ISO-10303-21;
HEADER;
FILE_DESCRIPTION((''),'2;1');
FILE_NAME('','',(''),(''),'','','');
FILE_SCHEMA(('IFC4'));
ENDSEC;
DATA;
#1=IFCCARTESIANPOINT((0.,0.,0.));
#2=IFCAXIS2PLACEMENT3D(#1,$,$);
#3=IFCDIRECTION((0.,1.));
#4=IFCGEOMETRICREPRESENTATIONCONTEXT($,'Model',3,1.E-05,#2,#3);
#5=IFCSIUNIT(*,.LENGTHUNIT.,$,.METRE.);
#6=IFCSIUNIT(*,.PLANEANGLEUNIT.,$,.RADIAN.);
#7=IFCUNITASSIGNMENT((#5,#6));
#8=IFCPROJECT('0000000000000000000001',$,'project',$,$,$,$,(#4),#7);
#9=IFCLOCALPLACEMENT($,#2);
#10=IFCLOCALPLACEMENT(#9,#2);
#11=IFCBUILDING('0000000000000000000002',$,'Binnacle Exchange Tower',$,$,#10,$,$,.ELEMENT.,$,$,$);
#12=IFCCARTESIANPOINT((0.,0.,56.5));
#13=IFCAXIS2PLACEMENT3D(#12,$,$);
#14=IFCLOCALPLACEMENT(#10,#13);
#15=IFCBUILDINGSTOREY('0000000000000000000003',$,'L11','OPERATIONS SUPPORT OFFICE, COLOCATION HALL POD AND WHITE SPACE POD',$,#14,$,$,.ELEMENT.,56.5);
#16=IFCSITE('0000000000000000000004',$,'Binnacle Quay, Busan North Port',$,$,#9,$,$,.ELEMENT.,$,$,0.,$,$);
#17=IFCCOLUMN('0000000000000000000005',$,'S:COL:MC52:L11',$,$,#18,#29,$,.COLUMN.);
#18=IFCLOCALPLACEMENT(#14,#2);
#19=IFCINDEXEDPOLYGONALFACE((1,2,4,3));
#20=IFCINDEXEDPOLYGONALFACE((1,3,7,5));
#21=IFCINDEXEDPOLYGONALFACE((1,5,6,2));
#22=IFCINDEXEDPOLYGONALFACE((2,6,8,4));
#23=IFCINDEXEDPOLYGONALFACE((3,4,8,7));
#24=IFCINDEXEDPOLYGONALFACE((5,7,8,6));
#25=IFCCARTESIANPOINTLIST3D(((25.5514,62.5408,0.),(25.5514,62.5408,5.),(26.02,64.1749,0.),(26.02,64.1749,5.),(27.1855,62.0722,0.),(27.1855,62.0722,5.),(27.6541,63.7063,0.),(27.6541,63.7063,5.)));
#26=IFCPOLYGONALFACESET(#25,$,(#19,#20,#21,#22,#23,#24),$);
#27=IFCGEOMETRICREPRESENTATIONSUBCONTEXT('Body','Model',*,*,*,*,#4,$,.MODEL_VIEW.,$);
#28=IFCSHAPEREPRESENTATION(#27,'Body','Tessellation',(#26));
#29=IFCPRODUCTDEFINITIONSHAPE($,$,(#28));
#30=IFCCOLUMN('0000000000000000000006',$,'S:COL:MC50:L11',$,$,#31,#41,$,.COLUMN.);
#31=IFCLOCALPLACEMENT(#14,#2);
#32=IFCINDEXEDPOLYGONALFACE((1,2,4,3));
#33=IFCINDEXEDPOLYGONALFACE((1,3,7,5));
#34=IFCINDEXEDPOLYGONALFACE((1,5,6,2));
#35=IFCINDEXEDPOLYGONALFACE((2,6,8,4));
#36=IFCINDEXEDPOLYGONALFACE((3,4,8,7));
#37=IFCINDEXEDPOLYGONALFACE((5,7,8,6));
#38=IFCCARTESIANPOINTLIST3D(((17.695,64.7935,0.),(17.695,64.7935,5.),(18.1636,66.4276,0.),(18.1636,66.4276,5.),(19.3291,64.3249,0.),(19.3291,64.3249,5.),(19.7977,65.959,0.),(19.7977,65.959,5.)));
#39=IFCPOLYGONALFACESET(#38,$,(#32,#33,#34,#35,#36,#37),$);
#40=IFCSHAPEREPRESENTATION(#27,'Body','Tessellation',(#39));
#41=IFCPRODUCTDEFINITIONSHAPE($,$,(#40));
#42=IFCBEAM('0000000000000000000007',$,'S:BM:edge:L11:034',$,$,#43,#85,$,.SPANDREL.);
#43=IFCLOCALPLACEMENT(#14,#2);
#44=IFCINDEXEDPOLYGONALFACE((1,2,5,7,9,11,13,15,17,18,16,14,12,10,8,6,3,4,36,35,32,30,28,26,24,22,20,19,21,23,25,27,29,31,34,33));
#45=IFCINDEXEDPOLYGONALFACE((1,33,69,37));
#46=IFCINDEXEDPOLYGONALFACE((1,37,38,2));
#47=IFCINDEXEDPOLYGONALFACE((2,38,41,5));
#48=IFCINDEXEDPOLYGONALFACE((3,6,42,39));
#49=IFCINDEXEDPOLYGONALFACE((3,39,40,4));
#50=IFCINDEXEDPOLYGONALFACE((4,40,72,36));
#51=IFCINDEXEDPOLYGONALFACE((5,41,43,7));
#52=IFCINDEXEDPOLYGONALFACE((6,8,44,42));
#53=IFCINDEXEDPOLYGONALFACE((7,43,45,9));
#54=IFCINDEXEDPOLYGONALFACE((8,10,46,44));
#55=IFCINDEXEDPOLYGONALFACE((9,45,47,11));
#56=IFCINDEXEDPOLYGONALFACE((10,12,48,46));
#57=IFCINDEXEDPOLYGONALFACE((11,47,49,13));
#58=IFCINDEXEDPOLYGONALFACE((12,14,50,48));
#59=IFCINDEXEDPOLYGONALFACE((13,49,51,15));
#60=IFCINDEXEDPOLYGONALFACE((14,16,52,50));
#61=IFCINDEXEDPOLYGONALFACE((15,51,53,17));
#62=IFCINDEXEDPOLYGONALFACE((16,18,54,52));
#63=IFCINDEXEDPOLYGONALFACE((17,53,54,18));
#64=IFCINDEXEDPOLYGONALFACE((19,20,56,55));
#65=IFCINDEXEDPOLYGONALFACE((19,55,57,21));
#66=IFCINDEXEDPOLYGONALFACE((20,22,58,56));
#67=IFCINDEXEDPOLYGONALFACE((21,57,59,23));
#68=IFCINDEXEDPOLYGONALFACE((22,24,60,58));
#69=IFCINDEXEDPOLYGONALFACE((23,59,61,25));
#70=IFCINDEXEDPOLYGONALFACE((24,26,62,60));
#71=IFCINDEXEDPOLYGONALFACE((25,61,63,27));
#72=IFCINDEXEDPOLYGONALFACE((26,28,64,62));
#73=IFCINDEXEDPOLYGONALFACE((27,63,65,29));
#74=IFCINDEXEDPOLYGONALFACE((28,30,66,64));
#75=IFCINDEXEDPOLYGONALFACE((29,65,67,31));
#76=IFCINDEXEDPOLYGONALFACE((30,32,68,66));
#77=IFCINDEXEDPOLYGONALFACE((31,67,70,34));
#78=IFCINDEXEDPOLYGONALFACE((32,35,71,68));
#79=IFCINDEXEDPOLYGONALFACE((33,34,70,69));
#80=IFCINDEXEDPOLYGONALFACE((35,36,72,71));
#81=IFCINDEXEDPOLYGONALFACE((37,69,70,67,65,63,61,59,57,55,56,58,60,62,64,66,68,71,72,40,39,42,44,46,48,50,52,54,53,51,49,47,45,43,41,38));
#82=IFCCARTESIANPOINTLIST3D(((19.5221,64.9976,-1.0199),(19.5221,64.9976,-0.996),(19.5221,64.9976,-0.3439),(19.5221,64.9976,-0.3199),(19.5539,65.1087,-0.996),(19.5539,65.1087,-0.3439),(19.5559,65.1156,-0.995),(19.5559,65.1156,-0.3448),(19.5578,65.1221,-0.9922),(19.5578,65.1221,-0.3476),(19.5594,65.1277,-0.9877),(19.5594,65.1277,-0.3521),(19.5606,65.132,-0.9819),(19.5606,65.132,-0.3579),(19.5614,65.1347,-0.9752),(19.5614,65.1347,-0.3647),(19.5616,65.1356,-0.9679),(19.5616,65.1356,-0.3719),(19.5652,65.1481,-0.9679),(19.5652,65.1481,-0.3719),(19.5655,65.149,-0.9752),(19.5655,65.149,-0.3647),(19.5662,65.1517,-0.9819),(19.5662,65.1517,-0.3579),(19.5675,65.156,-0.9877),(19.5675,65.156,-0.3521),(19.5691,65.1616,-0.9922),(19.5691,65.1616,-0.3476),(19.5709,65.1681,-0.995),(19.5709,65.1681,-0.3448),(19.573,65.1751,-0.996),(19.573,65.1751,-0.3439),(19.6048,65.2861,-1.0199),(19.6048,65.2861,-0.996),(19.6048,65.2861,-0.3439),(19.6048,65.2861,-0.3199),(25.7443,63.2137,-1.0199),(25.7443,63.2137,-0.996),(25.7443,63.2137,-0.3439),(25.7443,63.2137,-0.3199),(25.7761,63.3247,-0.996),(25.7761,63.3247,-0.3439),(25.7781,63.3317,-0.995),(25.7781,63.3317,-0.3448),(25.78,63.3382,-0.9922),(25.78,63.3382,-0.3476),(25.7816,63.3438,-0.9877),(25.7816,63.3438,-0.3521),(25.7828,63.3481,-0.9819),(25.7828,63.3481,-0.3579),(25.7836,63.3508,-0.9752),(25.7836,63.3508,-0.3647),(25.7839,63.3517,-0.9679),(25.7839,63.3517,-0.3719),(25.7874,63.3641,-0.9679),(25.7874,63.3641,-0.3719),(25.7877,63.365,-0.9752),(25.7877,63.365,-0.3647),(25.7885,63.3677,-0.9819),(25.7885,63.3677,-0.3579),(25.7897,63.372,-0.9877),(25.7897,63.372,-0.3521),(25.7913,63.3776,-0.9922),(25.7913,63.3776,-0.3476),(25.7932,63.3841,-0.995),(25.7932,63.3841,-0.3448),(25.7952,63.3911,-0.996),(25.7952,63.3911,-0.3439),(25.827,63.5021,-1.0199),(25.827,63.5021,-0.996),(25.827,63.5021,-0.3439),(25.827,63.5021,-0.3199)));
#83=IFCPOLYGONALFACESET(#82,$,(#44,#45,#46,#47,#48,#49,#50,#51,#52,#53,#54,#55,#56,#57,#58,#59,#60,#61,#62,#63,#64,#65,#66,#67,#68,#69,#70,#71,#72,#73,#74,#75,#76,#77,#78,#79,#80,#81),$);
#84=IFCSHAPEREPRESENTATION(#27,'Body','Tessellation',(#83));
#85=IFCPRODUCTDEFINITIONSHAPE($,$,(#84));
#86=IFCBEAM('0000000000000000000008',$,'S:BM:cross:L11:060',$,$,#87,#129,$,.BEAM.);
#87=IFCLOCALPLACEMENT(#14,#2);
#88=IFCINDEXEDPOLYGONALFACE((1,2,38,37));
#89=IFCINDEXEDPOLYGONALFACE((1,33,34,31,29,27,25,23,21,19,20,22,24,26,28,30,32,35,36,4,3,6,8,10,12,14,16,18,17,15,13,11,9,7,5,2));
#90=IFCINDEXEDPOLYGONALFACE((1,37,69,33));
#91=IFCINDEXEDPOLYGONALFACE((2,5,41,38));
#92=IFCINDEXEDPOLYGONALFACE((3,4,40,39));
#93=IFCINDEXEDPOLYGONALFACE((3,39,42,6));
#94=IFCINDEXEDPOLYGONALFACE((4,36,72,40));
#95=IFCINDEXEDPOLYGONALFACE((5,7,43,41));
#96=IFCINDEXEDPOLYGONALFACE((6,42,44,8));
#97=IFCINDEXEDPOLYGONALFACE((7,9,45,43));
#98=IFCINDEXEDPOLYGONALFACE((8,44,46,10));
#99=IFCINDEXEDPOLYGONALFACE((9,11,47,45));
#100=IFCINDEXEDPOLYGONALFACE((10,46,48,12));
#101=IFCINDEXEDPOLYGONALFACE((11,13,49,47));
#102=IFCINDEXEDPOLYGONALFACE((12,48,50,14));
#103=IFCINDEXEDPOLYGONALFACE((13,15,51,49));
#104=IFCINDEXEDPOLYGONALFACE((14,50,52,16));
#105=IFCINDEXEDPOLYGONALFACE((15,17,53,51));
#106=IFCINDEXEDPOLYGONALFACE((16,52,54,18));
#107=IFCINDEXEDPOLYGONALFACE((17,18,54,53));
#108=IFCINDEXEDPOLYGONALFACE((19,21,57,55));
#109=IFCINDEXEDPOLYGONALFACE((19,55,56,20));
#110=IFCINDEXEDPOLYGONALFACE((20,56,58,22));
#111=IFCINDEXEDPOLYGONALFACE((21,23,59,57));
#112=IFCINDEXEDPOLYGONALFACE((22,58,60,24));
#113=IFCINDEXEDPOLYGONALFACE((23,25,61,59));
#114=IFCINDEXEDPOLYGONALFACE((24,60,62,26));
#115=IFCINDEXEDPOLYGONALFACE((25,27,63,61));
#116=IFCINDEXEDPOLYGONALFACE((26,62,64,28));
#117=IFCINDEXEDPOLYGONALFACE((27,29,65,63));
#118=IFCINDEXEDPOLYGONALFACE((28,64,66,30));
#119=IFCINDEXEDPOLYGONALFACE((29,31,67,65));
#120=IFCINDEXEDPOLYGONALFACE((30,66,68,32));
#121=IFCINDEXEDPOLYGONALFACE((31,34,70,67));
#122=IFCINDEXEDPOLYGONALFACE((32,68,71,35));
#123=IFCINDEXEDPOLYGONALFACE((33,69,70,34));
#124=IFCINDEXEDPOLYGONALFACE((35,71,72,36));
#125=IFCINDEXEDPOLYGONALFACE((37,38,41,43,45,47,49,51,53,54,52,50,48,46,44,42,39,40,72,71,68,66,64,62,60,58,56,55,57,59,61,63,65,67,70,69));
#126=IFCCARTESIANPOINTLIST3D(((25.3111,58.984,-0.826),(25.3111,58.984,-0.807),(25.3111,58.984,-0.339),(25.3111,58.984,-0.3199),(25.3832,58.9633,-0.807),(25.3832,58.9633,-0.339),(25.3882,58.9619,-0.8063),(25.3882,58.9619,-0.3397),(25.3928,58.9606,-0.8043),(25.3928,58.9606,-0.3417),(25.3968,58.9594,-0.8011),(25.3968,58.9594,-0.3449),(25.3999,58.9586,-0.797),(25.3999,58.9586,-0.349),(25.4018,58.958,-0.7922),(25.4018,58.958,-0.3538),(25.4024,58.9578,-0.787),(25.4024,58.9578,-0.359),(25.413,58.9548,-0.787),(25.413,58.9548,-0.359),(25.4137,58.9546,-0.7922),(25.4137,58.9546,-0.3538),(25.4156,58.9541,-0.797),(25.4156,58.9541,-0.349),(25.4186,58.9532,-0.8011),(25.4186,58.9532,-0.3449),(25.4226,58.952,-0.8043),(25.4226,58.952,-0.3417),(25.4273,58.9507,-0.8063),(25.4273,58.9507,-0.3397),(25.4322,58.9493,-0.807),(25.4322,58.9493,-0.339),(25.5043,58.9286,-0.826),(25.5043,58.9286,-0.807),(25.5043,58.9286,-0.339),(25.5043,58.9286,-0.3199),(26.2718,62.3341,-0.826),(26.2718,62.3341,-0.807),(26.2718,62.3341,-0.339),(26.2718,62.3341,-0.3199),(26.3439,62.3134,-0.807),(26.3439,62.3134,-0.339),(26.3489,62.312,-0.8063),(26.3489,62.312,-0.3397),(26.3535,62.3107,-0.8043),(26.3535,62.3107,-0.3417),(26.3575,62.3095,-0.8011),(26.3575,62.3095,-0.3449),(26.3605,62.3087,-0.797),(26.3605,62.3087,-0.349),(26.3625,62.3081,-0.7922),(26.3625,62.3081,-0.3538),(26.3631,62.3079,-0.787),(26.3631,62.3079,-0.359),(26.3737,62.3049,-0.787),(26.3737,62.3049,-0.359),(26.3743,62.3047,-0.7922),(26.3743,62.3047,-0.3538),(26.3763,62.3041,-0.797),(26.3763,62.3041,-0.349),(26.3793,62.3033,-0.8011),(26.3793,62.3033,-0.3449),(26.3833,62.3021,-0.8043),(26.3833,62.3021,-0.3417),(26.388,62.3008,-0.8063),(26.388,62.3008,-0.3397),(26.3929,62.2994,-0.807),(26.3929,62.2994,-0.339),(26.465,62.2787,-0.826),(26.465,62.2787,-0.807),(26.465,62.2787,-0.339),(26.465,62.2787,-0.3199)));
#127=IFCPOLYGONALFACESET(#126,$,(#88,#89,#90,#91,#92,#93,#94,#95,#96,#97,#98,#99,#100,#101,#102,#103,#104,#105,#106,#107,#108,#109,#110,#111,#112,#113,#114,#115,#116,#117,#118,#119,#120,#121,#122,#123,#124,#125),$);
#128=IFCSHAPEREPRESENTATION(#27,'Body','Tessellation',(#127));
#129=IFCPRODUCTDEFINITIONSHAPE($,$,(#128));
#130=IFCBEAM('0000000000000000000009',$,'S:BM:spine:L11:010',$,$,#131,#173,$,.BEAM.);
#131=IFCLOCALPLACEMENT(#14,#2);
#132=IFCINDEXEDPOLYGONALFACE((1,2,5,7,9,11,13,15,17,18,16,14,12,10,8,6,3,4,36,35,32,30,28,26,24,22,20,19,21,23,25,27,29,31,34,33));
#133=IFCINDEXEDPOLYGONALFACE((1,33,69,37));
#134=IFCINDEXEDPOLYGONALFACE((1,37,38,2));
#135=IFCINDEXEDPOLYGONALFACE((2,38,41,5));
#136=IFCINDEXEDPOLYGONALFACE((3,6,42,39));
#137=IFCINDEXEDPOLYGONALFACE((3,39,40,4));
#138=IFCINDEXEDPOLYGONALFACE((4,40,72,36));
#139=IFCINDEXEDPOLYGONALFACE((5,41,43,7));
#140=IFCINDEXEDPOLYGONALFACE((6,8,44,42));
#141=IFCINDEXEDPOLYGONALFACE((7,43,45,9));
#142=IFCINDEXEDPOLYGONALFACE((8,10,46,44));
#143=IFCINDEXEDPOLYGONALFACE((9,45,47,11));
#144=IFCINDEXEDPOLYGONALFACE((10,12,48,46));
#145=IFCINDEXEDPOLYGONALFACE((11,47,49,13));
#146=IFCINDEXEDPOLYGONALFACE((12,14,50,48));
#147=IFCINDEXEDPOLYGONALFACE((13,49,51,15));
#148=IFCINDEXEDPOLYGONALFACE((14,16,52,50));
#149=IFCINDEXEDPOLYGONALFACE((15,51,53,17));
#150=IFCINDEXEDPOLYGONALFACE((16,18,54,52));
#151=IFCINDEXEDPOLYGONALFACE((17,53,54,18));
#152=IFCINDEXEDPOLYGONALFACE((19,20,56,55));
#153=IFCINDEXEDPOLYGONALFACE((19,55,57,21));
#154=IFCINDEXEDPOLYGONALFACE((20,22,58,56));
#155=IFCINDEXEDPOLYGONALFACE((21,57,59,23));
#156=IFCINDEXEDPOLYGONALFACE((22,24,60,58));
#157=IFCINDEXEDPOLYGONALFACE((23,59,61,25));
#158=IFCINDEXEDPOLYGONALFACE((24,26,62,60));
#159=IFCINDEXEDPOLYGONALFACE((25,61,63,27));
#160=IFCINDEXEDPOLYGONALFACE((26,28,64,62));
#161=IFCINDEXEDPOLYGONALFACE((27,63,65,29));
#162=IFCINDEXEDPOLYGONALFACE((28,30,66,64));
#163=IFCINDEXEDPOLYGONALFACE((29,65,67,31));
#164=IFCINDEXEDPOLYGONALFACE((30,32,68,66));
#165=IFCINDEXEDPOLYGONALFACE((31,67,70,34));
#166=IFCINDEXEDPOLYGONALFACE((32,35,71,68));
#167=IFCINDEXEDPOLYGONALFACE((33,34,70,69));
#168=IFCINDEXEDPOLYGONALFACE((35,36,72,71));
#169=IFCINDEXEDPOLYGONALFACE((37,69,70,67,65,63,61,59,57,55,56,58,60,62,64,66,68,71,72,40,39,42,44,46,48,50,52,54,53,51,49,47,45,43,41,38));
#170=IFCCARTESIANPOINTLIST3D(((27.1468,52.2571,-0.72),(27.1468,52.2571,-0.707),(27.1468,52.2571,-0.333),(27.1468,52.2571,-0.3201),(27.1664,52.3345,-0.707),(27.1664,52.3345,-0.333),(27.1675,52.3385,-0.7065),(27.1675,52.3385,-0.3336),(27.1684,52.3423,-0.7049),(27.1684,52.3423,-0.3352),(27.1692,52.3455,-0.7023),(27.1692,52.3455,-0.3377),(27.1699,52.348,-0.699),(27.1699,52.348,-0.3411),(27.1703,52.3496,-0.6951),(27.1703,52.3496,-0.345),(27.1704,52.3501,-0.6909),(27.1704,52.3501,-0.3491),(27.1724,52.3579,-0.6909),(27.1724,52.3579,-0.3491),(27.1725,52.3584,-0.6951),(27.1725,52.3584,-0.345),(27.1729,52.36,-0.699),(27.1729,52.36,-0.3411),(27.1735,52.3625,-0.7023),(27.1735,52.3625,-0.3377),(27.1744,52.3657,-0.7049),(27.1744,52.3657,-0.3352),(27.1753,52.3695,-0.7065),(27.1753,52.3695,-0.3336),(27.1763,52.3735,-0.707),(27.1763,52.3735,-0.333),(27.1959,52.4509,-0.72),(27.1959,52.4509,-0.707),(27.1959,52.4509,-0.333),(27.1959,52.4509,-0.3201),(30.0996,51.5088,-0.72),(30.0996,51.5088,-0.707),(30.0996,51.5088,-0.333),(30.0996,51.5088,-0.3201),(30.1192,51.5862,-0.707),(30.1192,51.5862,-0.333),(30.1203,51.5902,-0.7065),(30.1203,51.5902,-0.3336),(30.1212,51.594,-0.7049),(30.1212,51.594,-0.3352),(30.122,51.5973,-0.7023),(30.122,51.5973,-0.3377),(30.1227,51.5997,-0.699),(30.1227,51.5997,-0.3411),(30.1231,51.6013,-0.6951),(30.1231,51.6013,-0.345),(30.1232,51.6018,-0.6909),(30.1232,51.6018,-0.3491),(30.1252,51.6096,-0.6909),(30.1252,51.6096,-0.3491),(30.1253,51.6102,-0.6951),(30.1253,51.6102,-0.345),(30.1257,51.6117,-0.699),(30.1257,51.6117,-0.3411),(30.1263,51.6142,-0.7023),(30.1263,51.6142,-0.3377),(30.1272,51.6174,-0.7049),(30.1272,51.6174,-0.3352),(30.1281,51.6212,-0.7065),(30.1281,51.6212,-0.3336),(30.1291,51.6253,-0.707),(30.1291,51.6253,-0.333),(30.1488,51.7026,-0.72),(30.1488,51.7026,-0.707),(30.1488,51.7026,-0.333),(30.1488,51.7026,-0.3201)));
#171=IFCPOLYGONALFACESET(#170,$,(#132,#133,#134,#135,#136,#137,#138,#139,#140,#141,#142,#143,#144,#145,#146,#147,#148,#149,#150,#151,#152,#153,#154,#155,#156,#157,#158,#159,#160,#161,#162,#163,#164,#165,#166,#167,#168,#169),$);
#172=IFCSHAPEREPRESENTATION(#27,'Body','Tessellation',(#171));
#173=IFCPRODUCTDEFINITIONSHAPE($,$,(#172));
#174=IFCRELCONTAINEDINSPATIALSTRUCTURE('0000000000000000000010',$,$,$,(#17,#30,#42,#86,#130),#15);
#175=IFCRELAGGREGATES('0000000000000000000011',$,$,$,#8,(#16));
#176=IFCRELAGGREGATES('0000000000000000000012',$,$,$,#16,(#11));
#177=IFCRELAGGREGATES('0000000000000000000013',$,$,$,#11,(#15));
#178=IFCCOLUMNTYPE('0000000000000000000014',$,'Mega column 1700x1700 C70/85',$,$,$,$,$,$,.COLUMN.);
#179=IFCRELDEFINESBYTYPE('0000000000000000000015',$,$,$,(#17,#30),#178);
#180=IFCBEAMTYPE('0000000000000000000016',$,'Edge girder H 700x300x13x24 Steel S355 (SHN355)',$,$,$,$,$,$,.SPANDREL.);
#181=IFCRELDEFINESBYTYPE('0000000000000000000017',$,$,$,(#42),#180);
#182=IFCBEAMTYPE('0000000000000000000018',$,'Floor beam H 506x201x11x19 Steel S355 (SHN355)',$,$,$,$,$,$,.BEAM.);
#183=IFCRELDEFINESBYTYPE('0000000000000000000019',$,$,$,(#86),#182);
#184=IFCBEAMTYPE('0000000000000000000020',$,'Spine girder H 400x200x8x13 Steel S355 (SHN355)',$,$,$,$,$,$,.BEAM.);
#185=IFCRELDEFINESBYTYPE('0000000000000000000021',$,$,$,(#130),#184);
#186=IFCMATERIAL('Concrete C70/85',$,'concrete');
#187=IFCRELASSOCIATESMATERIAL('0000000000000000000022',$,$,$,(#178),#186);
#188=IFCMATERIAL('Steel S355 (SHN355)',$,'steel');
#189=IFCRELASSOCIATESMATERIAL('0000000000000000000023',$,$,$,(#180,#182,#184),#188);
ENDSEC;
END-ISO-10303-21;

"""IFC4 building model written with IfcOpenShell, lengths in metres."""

from ifc_helpers import new_model, si_unit, direction, frame, origin, origin_2d, place, context, subcontext, project, spatial, rectangle, i_section, extrude, material, material_profile, profile_set, type_object, element, save


model = new_model("IFC4")

# Units and contexts
model_context = context("Model", 3, precision=1e-05, world=origin(), true_north=direction((0.0, 1.0)))
body_context = subcontext(model_context, "Body", "Model", "MODEL_VIEW")
ifc_project = project(units=[si_unit("LENGTHUNIT", "METRE"), si_unit("PLANEANGLEUNIT", "RADIAN")], contexts=[model_context])

# Site, building, storey
site_placement = place(None, origin())
site = spatial("IfcSite", under=ifc_project, at=site_placement, Name="Binnacle Quay, Busan North Port", CompositionType="ELEMENT", RefElevation=0.0)
building_placement = place(site_placement, origin())
building = spatial("IfcBuilding", under=site, at=building_placement, Name="Binnacle Exchange Tower", CompositionType="ELEMENT")
storey_placement = place(building_placement, frame((0.0, 0.0, 56.5)))
storey = spatial("IfcBuildingStorey", under=building, at=storey_placement, Name="L11", Description="OPERATIONS SUPPORT OFFICE, COLOCATION HALL POD AND WHITE SPACE POD", CompositionType="ELEMENT", Elevation=56.5)

# Columns
ifc_material_1 = material(Name="Concrete C70/85", Category="concrete")
ifc_material_profile_1 = material_profile(ifc_material_1, rectangle(XDim=1.7, YDim=1.7, at=origin_2d()), Name="Mega column 1700x1700 C70/85")
ifc_profile_set_1 = profile_set([ifc_material_profile_1], Name="Concrete C70/85")
column_type = type_object("IfcColumnType", Name="Mega column 1700x1700 C70/85", PredefinedType="COLUMN", material=ifc_profile_set_1)
for number, where, z_axis, x_axis, name in (
    (1, (26.6028, 63.1235, 0.0), (0.0, 0.0, 1.0), (-0.961262, 0.275637, 0.0), "S:COL:MC52:L11"),
    (2, (18.7463, 65.3762, 0.0), (0.0, 0.0, 1.0), (-0.961262, 0.275637, 0.0), "S:COL:MC50:L11"),
):
    element("IfcColumn", number, at=place(storey_placement, frame(where, z_axis=z_axis, x_axis=x_axis)), inside=storey, type_object=column_type, Name=name, PredefinedType="COLUMN", context=body_context, shape_type="SweptSolid", body=[
        extrude(rectangle(XDim=1.7, YDim=1.7, at=origin_2d()), origin(), (0.0, 0.0, 1.0), 5.0),
    ])

# Beams
ifc_material_2 = material(Name="Steel S355 (SHN355)", Category="steel")
ifc_material_profile_2 = material_profile(ifc_material_2, i_section(OverallWidth=0.3, OverallDepth=0.7, WebThickness=0.0129, FlangeThickness=0.0239, FilletRadius=0.0281, at=origin_2d()), Name="H 700x300x13x24")
ifc_profile_set_2 = profile_set([ifc_material_profile_2], Name="Steel S355 (SHN355)")
beam_type_1 = type_object("IfcBeamType", Name="Edge girder H 700x300x13x24 Steel S355 (SHN355)", PredefinedType="SPANDREL", material=ifc_profile_set_2)
beam_1_placement = place(storey_placement, frame((25.7856, 63.3579, -0.6699), z_axis=(-0.961272, 0.275603, 0.0), x_axis=(-0.275603, -0.961272, 0.0)))
element("IfcBeam", 3, at=beam_1_placement, inside=storey, type_object=beam_type_1, Name="S:BM:edge:L11:034", PredefinedType="SPANDREL", context=body_context, shape_type="SweptSolid", body=[
    extrude(i_section(OverallWidth=0.3, OverallDepth=0.7, WebThickness=0.0129, FlangeThickness=0.0239, FilletRadius=0.0281, at=origin_2d()), origin(), (0.0, 0.0, 1.0), 6.4729),
])
ifc_material_profile_3 = material_profile(ifc_material_2, i_section(OverallWidth=0.2009, OverallDepth=0.5061, WebThickness=0.011, FlangeThickness=0.019, FilletRadius=0.02, at=origin_2d()), Name="H 506x201x11x19")
ifc_profile_set_3 = profile_set([ifc_material_profile_3], Name="Steel S355 (SHN355)")
beam_type_2 = type_object("IfcBeamType", Name="Floor beam H 506x201x11x19 Steel S355 (SHN355)", PredefinedType="BEAM", material=ifc_profile_set_3)
beam_2_placement = place(storey_placement, frame((26.3684, 62.3064, -0.573), z_axis=(-0.275655, -0.961257, 0.0), x_axis=(0.961257, -0.275655, 0.0)))
element("IfcBeam", 4, at=beam_2_placement, inside=storey, type_object=beam_type_2, Name="S:BM:cross:L11:060", PredefinedType="BEAM", context=body_context, shape_type="SweptSolid", body=[
    extrude(i_section(OverallWidth=0.2009, OverallDepth=0.5061, WebThickness=0.011, FlangeThickness=0.019, FilletRadius=0.02, at=origin_2d()), origin(), (0.0, 0.0, 1.0), 3.4851),
])
ifc_material_profile_4 = material_profile(ifc_material_2, i_section(OverallWidth=0.2, OverallDepth=0.3999, WebThickness=0.0081, FlangeThickness=0.0129, FilletRadius=0.0161, at=origin_2d()), Name="H 400x200x8x13")
ifc_profile_set_4 = profile_set([ifc_material_profile_4], Name="Steel S355 (SHN355)")
beam_type_3 = type_object("IfcBeamType", Name="Spine girder H 400x200x8x13 Steel S355 (SHN355)", PredefinedType="BEAM", material=ifc_profile_set_4)
beam_3_placement = place(storey_placement, frame((27.1714, 52.354, -0.52), z_axis=(0.96936, -0.245646, 0.0), x_axis=(0.245646, 0.96936, 0.0)))
element("IfcBeam", 5, at=beam_3_placement, inside=storey, type_object=beam_type_3, Name="S:BM:spine:L11:010", PredefinedType="BEAM", context=body_context, shape_type="SweptSolid", body=[
    extrude(i_section(OverallWidth=0.2, OverallDepth=0.3999, WebThickness=0.0081, FlangeThickness=0.0129, FilletRadius=0.0161, at=origin_2d()), origin(), (0.0, 0.0, 1.0), 3.0461),
])

save(model, "model.ifc")
